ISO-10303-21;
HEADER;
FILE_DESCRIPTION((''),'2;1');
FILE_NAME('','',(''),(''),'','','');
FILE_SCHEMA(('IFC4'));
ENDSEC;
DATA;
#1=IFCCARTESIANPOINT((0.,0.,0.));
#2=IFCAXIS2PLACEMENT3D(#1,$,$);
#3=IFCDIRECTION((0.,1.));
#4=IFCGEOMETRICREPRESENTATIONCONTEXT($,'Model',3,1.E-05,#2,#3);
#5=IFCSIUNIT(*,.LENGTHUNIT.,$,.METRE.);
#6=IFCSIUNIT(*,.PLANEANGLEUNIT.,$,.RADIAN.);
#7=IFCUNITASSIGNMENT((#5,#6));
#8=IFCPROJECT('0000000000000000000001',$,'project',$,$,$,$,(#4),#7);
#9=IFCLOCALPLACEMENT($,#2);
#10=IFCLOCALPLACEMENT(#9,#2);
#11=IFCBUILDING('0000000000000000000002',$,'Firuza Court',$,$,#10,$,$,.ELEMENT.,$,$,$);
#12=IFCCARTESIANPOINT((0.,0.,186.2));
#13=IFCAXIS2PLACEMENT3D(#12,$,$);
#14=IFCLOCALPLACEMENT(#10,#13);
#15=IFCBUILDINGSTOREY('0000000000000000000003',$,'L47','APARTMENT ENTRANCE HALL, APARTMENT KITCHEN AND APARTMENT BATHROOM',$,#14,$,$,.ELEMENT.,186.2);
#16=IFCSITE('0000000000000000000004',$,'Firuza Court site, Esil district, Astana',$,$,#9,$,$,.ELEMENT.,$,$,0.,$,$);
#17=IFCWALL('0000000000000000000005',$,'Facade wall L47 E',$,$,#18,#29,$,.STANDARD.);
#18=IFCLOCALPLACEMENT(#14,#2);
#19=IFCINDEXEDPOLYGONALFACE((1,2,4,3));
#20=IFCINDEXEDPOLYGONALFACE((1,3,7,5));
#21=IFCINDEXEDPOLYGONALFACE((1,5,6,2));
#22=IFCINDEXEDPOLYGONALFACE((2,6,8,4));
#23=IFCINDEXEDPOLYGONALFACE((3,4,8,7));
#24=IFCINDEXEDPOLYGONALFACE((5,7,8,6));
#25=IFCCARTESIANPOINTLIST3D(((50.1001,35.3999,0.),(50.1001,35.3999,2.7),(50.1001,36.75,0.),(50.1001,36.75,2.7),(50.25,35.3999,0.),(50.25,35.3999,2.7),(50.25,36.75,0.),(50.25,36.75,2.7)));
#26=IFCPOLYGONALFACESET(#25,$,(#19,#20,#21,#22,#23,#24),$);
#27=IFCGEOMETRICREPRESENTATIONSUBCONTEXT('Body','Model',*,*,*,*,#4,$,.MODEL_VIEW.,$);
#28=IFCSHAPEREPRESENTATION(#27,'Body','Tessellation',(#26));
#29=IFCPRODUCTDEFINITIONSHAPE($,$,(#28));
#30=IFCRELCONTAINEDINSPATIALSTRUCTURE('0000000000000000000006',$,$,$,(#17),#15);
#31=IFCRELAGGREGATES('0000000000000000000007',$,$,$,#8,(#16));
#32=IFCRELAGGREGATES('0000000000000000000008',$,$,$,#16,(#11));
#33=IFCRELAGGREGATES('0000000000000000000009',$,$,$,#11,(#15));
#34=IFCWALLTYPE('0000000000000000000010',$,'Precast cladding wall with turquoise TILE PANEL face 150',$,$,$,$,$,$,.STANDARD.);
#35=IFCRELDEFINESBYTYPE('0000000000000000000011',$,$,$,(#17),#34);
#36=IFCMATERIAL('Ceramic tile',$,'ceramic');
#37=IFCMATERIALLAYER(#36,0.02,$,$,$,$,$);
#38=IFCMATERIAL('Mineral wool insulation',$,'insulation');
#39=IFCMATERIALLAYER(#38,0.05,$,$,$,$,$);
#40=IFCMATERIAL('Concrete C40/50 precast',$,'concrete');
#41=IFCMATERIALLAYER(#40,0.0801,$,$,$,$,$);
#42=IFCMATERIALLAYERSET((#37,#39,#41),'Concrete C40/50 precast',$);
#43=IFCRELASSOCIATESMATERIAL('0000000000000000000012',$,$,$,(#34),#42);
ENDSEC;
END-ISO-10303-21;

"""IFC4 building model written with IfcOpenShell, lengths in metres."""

from ifc_helpers import new_model, si_unit, direction, frame, frame_2d, origin, place, context, subcontext, project, spatial, rectangle, extrude, material, layer, layer_set, type_object, element, save


model = new_model("IFC4")

# Units and contexts
model_context = context("Model", 3, precision=1e-05, world=origin(), true_north=direction((0.0, 1.0)))
body_context = subcontext(model_context, "Body", "Model", "MODEL_VIEW")
ifc_project = project(units=[si_unit("LENGTHUNIT", "METRE"), si_unit("PLANEANGLEUNIT", "RADIAN")], contexts=[model_context])

# Site, building, storey
site_placement = place(None, origin())
site = spatial("IfcSite", under=ifc_project, at=site_placement, Name="Firuza Court site, Esil district, Astana", CompositionType="ELEMENT", RefElevation=0.0)
building_placement = place(site_placement, origin())
building = spatial("IfcBuilding", under=site, at=building_placement, Name="Firuza Court", CompositionType="ELEMENT")
storey_placement = place(building_placement, frame((0.0, 0.0, 186.2)))
storey = spatial("IfcBuildingStorey", under=building, at=storey_placement, Name="L47", Description="APARTMENT ENTRANCE HALL, APARTMENT KITCHEN AND APARTMENT BATHROOM", CompositionType="ELEMENT", Elevation=186.2)

# Wall
ifc_material_1 = material(Name="Ceramic tile", Category="ceramic")
ifc_layer_1 = layer(ifc_material_1, 0.02)
ifc_material_2 = material(Name="Mineral wool insulation", Category="insulation")
ifc_layer_2 = layer(ifc_material_2, 0.05)
ifc_material_3 = material(Name="Concrete C40/50 precast", Category="concrete")
ifc_layer_3 = layer(ifc_material_3, 0.0801)
ifc_layer_set = layer_set([ifc_layer_1, ifc_layer_2, ifc_layer_3], Name="Concrete C40/50 precast")
wall_type = type_object("IfcWallType", Name="Precast cladding wall with turquoise TILE PANEL face 150", PredefinedType="STANDARD", material=ifc_layer_set)
wall_placement = place(storey_placement, frame((50.175, 35.3999, 0.0), z_axis=(0.0, 0.0, 1.0), x_axis=(0.0, 1.0, 0.0)))
element("IfcWall", 1, at=wall_placement, inside=storey, type_object=wall_type, Name="Facade wall L47 E", PredefinedType="STANDARD", context=body_context, shape_type="SweptSolid", body=[
    extrude(rectangle(XDim=1.3501, YDim=0.1499, at=frame_2d((0.675, 0.0))), origin(), (0.0, 0.0, 1.0), 2.7),
])

save(model, "model.ifc")
